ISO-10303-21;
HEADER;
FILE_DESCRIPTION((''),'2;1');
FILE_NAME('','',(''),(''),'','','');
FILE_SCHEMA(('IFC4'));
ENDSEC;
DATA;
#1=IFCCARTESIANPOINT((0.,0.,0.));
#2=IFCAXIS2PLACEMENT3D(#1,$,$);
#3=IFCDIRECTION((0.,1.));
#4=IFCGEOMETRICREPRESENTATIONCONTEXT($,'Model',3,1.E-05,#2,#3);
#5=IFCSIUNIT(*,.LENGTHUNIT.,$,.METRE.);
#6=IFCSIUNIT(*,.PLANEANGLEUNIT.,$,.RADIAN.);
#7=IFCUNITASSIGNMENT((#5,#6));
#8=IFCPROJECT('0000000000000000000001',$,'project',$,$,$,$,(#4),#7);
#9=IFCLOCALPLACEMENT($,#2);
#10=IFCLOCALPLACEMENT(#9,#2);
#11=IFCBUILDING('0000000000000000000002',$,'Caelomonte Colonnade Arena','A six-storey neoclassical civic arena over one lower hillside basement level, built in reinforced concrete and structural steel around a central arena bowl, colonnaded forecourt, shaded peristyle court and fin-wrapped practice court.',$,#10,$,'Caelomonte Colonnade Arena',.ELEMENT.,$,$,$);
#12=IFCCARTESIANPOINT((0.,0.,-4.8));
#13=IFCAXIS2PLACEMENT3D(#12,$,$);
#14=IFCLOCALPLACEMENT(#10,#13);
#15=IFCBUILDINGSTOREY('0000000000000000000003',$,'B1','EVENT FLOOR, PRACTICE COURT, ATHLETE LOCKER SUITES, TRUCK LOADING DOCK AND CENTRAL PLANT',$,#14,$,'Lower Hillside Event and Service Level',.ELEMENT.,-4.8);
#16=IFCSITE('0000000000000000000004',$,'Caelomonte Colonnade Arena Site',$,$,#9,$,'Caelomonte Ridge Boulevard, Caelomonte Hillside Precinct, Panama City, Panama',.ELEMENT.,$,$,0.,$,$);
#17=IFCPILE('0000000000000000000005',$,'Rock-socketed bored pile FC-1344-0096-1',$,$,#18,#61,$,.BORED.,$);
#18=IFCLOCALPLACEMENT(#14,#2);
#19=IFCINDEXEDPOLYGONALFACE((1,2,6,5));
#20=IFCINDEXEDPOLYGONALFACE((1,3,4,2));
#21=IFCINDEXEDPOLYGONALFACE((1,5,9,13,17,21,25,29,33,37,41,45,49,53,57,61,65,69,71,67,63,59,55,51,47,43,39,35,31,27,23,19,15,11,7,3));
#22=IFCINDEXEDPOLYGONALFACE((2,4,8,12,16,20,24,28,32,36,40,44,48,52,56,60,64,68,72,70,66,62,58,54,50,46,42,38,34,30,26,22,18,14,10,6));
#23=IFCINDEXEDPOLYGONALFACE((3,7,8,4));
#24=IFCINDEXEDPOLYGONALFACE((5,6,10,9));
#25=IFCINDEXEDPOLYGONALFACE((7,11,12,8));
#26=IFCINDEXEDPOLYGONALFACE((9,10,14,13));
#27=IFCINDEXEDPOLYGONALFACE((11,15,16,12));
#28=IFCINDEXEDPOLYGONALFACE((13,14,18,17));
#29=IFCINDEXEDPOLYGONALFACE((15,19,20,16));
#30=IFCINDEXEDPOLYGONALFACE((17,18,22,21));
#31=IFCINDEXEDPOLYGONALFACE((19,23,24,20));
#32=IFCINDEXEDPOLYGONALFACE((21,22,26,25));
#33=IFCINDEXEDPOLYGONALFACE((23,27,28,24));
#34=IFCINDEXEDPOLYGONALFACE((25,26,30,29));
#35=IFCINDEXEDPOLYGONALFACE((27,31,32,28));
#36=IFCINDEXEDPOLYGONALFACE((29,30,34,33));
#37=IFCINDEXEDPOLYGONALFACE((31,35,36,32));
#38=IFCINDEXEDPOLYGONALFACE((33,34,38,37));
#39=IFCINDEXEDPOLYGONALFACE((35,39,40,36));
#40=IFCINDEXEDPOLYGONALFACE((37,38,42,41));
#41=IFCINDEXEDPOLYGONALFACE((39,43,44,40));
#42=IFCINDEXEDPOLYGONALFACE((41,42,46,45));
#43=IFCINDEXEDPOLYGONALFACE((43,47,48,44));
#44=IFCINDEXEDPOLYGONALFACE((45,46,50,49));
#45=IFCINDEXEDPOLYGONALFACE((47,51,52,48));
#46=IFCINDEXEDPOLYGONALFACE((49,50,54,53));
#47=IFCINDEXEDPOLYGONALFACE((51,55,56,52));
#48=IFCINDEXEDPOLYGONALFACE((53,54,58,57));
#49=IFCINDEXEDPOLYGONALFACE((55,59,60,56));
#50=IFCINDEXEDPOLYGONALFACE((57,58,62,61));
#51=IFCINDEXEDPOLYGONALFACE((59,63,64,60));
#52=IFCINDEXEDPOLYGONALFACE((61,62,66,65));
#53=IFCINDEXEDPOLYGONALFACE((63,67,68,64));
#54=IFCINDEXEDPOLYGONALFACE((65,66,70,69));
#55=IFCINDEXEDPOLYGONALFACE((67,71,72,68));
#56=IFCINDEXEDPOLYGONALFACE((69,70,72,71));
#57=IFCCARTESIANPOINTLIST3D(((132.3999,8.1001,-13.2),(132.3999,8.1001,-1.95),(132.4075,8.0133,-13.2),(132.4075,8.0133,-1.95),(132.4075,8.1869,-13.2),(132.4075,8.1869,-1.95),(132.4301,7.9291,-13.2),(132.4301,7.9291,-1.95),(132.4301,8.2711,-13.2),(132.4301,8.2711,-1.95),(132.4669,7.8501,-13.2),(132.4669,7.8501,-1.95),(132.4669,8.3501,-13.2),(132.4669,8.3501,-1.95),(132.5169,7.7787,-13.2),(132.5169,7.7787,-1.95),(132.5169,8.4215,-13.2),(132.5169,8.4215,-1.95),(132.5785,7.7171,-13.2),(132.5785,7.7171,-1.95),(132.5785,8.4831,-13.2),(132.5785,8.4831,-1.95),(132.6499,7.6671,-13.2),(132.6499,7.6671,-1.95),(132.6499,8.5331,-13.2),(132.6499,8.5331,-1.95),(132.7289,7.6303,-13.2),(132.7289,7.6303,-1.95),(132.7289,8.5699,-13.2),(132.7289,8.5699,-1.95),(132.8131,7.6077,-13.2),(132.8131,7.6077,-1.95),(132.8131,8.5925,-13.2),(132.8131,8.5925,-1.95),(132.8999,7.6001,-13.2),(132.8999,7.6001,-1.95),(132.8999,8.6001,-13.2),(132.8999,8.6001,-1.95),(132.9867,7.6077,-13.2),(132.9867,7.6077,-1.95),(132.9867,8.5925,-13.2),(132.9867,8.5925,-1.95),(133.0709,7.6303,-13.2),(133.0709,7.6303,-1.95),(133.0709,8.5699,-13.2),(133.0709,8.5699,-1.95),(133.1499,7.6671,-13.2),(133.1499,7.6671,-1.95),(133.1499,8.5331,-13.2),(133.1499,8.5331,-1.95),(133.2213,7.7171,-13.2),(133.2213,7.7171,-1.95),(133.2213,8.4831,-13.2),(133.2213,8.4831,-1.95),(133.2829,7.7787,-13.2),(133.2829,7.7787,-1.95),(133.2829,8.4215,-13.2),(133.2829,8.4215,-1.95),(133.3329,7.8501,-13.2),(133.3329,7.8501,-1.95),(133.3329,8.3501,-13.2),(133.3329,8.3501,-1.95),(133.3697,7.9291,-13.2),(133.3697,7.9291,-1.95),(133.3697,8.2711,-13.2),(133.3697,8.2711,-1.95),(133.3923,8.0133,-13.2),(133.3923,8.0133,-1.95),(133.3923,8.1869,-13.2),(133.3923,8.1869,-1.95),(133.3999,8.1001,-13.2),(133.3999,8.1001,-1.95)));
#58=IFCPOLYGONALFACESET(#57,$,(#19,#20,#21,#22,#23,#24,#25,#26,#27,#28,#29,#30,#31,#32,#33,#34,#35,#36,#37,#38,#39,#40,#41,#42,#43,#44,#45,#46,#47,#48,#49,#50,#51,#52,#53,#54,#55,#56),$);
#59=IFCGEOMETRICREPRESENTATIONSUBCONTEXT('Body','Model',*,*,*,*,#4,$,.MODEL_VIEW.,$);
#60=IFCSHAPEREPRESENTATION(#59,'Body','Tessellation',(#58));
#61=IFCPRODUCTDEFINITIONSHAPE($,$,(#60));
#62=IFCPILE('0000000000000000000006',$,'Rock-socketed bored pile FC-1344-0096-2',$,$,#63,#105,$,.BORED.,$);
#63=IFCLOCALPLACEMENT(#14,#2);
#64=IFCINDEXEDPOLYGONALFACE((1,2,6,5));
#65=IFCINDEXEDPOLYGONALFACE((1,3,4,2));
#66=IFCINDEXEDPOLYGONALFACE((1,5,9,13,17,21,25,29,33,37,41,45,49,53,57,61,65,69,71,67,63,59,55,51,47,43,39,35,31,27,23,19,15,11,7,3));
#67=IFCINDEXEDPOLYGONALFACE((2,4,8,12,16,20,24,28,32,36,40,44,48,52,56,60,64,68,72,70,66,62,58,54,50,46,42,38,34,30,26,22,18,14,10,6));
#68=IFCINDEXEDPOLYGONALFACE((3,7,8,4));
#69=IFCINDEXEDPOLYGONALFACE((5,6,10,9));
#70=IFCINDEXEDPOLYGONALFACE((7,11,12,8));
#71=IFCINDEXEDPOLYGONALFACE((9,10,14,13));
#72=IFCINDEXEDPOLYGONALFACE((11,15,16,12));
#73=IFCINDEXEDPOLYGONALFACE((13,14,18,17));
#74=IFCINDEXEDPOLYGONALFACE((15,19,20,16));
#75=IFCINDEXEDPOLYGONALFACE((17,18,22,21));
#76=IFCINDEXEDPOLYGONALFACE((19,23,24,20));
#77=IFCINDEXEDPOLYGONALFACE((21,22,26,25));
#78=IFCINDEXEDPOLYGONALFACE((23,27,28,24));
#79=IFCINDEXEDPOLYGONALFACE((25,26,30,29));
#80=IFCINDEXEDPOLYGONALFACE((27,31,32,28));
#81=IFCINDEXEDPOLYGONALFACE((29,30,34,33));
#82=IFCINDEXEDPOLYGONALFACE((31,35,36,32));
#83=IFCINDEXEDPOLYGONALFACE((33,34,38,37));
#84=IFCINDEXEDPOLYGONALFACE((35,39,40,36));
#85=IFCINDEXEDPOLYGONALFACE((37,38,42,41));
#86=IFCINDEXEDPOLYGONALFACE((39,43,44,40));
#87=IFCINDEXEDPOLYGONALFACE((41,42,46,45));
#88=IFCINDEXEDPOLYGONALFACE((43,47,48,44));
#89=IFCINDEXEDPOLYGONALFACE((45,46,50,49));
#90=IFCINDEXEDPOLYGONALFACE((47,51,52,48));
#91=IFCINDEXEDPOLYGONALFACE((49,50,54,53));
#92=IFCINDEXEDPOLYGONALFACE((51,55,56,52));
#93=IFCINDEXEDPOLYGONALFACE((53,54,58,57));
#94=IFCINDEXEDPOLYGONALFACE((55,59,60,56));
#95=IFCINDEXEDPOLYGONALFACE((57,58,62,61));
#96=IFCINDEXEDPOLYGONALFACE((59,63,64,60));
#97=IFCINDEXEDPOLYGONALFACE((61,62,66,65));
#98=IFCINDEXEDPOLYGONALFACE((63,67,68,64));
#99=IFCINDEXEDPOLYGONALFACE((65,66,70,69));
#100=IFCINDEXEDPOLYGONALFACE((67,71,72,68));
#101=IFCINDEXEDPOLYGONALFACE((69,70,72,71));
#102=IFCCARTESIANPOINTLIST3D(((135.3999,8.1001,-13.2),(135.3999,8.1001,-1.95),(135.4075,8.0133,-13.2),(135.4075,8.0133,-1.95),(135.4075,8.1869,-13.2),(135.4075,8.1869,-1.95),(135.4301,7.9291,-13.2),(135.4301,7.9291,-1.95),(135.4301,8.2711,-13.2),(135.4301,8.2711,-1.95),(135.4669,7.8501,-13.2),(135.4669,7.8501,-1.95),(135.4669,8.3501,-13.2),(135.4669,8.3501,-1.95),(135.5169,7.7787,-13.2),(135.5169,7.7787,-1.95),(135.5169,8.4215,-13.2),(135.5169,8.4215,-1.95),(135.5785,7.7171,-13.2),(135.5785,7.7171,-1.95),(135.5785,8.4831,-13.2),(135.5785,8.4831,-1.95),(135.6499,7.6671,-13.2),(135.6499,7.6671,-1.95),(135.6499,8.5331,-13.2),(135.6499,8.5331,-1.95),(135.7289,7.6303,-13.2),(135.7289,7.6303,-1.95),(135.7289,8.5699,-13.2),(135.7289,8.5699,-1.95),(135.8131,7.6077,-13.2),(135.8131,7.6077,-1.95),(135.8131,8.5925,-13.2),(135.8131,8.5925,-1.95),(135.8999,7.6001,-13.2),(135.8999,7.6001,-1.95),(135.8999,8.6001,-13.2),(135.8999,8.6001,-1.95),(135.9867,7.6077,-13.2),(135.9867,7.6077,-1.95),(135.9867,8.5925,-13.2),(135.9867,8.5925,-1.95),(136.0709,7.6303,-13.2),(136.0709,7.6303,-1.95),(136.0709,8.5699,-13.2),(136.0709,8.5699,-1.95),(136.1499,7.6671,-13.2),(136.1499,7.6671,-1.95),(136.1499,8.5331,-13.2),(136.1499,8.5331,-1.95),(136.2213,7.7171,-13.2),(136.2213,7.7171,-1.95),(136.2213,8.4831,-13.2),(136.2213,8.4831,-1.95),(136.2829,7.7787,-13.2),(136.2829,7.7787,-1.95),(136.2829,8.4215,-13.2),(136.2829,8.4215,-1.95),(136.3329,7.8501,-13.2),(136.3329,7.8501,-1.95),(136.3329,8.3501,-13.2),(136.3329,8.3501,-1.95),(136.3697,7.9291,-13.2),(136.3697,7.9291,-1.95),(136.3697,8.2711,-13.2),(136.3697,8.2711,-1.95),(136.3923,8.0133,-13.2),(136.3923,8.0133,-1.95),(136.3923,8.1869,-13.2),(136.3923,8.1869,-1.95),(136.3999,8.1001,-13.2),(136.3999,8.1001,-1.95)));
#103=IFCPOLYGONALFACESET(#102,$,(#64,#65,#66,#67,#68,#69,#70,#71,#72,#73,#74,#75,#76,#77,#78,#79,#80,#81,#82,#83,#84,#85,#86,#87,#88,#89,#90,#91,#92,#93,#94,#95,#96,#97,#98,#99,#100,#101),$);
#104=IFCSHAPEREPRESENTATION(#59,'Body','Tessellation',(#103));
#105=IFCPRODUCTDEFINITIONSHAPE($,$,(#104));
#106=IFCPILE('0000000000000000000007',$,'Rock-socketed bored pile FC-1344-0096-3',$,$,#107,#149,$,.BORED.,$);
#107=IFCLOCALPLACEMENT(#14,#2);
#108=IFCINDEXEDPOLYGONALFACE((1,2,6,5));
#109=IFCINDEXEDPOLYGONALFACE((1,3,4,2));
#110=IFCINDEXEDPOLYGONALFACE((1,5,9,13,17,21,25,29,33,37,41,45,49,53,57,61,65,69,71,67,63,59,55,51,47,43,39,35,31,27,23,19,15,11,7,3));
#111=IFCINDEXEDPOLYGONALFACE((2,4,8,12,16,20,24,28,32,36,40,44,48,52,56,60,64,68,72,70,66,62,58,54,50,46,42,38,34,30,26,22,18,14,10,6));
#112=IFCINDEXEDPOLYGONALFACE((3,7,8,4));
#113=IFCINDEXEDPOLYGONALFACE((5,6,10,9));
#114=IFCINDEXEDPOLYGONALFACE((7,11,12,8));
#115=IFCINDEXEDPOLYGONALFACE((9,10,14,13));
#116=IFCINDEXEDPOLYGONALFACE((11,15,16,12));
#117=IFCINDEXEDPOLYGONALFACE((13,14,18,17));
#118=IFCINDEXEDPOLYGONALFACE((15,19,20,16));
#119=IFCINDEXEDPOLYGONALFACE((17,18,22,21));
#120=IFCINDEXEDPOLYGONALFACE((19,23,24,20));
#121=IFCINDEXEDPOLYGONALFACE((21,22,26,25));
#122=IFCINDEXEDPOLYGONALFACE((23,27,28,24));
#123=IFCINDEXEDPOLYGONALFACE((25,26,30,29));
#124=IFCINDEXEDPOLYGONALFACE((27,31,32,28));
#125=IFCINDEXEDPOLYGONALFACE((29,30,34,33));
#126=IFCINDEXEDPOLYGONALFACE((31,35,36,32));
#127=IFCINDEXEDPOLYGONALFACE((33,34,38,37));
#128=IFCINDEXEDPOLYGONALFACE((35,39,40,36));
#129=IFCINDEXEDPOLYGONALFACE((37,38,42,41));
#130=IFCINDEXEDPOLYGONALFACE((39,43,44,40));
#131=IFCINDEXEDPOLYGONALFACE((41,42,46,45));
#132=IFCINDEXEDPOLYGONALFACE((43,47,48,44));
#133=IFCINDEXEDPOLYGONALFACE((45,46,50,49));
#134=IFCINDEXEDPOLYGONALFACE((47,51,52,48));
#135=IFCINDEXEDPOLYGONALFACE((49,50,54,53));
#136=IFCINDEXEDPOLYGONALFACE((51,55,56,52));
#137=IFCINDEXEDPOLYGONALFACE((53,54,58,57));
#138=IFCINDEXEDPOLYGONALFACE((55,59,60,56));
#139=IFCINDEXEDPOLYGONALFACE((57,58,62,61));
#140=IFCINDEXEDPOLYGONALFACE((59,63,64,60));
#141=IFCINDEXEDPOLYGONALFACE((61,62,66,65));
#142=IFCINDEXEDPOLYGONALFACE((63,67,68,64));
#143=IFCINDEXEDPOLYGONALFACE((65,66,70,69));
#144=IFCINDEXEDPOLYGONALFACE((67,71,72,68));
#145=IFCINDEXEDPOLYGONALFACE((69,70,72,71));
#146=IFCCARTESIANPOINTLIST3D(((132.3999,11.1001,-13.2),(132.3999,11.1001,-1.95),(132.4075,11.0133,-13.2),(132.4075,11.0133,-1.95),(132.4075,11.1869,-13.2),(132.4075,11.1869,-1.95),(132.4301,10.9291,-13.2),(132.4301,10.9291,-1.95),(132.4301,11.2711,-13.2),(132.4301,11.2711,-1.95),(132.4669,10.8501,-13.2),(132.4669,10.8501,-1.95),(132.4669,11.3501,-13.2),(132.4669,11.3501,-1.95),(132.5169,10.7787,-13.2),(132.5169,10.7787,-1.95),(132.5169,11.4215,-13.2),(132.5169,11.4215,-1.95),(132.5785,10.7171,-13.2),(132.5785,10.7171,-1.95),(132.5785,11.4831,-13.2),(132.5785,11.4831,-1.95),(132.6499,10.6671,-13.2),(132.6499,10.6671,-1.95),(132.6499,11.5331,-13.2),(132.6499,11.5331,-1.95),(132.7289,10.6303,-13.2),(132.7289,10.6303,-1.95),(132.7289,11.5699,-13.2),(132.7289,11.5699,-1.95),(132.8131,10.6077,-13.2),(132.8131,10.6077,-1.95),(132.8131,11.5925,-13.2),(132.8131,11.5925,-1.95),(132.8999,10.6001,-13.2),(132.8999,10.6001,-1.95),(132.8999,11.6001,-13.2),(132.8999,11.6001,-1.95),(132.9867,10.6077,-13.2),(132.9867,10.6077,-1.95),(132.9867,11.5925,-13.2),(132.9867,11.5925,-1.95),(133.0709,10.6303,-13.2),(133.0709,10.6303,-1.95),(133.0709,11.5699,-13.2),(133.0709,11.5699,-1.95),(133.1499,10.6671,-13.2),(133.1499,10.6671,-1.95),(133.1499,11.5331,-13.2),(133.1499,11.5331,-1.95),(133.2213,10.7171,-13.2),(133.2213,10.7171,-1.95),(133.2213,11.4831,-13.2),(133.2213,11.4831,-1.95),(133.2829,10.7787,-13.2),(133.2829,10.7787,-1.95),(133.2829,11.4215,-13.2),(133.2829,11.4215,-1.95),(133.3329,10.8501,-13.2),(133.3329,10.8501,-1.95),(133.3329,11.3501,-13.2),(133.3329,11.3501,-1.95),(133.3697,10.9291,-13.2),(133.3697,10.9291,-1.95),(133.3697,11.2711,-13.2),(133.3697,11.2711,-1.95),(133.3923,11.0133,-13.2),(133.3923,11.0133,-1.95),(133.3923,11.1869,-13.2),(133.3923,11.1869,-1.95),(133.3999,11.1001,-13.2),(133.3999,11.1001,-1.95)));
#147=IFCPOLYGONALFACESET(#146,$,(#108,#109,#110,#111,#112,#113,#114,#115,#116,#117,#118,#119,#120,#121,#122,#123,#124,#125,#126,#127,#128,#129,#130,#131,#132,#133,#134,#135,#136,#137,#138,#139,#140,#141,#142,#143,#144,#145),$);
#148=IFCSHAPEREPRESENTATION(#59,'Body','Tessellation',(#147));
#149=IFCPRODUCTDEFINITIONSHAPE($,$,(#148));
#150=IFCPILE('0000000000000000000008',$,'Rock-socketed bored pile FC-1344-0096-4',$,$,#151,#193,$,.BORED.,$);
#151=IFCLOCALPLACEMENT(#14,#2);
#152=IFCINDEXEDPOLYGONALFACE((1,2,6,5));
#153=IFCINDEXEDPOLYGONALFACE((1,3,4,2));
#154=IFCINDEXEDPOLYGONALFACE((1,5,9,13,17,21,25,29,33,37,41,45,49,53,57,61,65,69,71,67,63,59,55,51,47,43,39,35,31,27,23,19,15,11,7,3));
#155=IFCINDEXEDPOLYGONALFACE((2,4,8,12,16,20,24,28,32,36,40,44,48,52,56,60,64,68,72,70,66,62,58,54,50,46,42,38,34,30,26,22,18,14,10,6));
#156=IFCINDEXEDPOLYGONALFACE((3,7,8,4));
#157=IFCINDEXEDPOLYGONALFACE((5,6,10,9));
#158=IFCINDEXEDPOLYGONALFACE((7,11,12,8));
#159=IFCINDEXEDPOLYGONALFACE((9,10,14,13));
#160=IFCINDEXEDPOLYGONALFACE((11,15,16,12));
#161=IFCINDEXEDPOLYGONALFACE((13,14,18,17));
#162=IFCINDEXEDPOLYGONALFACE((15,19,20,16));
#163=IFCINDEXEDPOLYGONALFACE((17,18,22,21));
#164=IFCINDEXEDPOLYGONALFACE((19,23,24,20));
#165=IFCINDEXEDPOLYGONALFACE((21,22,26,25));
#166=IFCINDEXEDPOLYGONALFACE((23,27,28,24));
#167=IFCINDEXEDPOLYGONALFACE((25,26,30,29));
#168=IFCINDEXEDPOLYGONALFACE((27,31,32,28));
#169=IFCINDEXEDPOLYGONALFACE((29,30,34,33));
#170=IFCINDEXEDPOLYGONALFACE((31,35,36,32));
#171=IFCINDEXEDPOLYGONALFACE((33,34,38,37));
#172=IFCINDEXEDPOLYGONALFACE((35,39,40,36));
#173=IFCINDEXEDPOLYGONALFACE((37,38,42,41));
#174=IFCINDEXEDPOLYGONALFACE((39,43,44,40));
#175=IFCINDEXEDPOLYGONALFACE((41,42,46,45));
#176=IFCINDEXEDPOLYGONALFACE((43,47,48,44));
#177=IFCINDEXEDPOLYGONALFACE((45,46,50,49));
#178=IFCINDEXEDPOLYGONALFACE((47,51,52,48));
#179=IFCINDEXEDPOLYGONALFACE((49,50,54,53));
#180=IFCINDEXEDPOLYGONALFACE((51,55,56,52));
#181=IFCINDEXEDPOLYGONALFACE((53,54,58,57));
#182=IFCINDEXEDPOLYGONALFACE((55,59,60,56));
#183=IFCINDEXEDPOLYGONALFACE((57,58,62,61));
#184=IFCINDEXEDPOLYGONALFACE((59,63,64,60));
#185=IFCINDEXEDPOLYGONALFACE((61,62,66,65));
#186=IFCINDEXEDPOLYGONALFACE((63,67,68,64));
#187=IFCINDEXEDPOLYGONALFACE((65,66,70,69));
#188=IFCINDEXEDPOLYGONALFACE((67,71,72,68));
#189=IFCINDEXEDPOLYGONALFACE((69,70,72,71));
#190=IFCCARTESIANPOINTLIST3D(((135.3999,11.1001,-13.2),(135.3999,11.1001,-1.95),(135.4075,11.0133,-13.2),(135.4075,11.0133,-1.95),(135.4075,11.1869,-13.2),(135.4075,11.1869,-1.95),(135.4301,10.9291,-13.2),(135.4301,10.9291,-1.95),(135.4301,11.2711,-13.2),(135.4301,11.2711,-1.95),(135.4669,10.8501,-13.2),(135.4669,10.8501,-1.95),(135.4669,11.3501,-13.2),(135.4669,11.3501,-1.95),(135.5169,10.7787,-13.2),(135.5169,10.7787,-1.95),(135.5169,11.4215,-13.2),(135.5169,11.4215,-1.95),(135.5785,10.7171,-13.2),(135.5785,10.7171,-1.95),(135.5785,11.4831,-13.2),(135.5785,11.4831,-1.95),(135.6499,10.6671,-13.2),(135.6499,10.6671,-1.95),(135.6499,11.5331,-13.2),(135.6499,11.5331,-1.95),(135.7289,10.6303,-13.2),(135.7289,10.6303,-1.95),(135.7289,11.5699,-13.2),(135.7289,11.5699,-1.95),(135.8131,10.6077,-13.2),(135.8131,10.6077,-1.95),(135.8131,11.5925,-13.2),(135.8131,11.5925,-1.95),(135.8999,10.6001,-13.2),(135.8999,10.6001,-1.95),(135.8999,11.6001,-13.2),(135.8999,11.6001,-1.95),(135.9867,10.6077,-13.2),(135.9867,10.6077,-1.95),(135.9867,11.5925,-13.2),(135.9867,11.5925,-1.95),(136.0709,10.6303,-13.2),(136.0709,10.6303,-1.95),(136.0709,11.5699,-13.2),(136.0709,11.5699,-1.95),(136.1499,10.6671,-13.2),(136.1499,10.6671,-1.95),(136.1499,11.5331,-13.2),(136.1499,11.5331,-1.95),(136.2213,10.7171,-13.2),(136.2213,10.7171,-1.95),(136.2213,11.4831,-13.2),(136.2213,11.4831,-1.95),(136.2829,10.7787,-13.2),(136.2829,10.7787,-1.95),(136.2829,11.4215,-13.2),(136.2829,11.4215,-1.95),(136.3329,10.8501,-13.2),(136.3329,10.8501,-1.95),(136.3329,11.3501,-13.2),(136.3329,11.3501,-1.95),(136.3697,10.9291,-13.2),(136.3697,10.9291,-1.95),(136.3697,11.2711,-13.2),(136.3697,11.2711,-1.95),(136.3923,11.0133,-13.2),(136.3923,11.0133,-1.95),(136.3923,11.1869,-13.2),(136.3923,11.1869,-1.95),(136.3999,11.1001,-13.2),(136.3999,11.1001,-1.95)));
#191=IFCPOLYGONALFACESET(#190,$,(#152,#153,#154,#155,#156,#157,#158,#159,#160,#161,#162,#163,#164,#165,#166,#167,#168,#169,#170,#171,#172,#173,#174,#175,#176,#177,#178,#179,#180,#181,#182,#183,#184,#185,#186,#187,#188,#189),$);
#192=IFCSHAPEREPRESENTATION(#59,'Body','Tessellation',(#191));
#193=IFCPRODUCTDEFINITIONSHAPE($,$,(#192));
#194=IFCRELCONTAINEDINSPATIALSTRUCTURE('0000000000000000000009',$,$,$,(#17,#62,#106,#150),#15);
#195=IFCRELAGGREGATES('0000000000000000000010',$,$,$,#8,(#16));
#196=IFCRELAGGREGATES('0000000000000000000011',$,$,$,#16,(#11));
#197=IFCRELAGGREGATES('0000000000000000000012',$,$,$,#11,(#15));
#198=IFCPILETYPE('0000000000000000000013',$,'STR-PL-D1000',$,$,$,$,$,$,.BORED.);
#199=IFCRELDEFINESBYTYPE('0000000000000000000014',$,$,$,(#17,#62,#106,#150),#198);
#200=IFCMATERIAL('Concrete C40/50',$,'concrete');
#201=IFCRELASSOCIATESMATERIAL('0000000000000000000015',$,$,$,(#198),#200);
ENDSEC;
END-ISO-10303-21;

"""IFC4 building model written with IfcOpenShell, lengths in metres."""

from ifc_helpers import new_model, si_unit, direction, frame, origin, origin_2d, place, context, subcontext, project, spatial, circle, extrude, material, material_profile, profile_set, type_object, element, save


model = new_model("IFC4")

# Units and contexts
model_context = context("Model", 3, precision=1e-05, world=origin(), true_north=direction((0.0, 1.0)))
body_context = subcontext(model_context, "Body", "Model", "MODEL_VIEW")
ifc_project = project(units=[si_unit("LENGTHUNIT", "METRE"), si_unit("PLANEANGLEUNIT", "RADIAN")], contexts=[model_context])

# Site, building, storey
site_placement = place(None, origin())
site = spatial("IfcSite", under=ifc_project, at=site_placement, Name="Caelomonte Colonnade Arena Site", LongName="Caelomonte Ridge Boulevard, Caelomonte Hillside Precinct, Panama City, Panama", CompositionType="ELEMENT", RefElevation=0.0)
building_placement = place(site_placement, origin())
building = spatial("IfcBuilding", under=site, at=building_placement, Name="Caelomonte Colonnade Arena", Description="A six-storey neoclassical civic arena over one lower hillside basement level, built in reinforced concrete and structural steel around a central arena bowl, colonnaded forecourt, shaded peristyle court and fin-wrapped practice court.", LongName="Caelomonte Colonnade Arena", CompositionType="ELEMENT")
storey_placement = place(building_placement, frame((0.0, 0.0, -4.8)))
storey = spatial("IfcBuildingStorey", under=building, at=storey_placement, Name="B1", Description="EVENT FLOOR, PRACTICE COURT, ATHLETE LOCKER SUITES, TRUCK LOADING DOCK AND CENTRAL PLANT", LongName="Lower Hillside Event and Service Level", CompositionType="ELEMENT", Elevation=-4.8)

# Shared definitions
ifc_material_1 = material(Name="Concrete C40/50", Category="concrete")

# Piles
ifc_material_profile_1 = material_profile(ifc_material_1, circle(Radius=0.5, at=origin_2d()), Name="PILE-D1000")
ifc_profile_set_1 = profile_set([ifc_material_profile_1], Name="Concrete C40/50")
pile_type_1 = type_object("IfcPileType", Name="STR-PL-D1000", PredefinedType="BORED", material=ifc_profile_set_1)
for number, where, z_axis, x_axis, name in (
    (1, (132.8999, 8.1001, -1.95), (0.0, 0.0, -1.0), (1.0, 0.0, 0.0), "Rock-socketed bored pile FC-1344-0096-1"),
    (2, (135.8999, 8.1001, -1.95), (0.0, 0.0, -1.0), (1.0, 0.0, 0.0), "Rock-socketed bored pile FC-1344-0096-2"),
    (3, (132.8999, 11.1001, -1.95), (0.0, 0.0, -1.0), (1.0, 0.0, 0.0), "Rock-socketed bored pile FC-1344-0096-3"),
    (4, (135.8999, 11.1001, -1.95), (0.0, 0.0, -1.0), (1.0, 0.0, 0.0), "Rock-socketed bored pile FC-1344-0096-4"),
):
    element("IfcPile", number, at=place(storey_placement, frame(where, z_axis=z_axis, x_axis=x_axis)), inside=storey, type_object=pile_type_1, Name=name, PredefinedType="BORED", context=body_context, shape_type="SweptSolid", body=[
        extrude(circle(Radius=0.5, at=origin_2d()), origin(), (0.0, 0.0, 1.0), 11.25),
    ])

save(model, "model.ifc")
